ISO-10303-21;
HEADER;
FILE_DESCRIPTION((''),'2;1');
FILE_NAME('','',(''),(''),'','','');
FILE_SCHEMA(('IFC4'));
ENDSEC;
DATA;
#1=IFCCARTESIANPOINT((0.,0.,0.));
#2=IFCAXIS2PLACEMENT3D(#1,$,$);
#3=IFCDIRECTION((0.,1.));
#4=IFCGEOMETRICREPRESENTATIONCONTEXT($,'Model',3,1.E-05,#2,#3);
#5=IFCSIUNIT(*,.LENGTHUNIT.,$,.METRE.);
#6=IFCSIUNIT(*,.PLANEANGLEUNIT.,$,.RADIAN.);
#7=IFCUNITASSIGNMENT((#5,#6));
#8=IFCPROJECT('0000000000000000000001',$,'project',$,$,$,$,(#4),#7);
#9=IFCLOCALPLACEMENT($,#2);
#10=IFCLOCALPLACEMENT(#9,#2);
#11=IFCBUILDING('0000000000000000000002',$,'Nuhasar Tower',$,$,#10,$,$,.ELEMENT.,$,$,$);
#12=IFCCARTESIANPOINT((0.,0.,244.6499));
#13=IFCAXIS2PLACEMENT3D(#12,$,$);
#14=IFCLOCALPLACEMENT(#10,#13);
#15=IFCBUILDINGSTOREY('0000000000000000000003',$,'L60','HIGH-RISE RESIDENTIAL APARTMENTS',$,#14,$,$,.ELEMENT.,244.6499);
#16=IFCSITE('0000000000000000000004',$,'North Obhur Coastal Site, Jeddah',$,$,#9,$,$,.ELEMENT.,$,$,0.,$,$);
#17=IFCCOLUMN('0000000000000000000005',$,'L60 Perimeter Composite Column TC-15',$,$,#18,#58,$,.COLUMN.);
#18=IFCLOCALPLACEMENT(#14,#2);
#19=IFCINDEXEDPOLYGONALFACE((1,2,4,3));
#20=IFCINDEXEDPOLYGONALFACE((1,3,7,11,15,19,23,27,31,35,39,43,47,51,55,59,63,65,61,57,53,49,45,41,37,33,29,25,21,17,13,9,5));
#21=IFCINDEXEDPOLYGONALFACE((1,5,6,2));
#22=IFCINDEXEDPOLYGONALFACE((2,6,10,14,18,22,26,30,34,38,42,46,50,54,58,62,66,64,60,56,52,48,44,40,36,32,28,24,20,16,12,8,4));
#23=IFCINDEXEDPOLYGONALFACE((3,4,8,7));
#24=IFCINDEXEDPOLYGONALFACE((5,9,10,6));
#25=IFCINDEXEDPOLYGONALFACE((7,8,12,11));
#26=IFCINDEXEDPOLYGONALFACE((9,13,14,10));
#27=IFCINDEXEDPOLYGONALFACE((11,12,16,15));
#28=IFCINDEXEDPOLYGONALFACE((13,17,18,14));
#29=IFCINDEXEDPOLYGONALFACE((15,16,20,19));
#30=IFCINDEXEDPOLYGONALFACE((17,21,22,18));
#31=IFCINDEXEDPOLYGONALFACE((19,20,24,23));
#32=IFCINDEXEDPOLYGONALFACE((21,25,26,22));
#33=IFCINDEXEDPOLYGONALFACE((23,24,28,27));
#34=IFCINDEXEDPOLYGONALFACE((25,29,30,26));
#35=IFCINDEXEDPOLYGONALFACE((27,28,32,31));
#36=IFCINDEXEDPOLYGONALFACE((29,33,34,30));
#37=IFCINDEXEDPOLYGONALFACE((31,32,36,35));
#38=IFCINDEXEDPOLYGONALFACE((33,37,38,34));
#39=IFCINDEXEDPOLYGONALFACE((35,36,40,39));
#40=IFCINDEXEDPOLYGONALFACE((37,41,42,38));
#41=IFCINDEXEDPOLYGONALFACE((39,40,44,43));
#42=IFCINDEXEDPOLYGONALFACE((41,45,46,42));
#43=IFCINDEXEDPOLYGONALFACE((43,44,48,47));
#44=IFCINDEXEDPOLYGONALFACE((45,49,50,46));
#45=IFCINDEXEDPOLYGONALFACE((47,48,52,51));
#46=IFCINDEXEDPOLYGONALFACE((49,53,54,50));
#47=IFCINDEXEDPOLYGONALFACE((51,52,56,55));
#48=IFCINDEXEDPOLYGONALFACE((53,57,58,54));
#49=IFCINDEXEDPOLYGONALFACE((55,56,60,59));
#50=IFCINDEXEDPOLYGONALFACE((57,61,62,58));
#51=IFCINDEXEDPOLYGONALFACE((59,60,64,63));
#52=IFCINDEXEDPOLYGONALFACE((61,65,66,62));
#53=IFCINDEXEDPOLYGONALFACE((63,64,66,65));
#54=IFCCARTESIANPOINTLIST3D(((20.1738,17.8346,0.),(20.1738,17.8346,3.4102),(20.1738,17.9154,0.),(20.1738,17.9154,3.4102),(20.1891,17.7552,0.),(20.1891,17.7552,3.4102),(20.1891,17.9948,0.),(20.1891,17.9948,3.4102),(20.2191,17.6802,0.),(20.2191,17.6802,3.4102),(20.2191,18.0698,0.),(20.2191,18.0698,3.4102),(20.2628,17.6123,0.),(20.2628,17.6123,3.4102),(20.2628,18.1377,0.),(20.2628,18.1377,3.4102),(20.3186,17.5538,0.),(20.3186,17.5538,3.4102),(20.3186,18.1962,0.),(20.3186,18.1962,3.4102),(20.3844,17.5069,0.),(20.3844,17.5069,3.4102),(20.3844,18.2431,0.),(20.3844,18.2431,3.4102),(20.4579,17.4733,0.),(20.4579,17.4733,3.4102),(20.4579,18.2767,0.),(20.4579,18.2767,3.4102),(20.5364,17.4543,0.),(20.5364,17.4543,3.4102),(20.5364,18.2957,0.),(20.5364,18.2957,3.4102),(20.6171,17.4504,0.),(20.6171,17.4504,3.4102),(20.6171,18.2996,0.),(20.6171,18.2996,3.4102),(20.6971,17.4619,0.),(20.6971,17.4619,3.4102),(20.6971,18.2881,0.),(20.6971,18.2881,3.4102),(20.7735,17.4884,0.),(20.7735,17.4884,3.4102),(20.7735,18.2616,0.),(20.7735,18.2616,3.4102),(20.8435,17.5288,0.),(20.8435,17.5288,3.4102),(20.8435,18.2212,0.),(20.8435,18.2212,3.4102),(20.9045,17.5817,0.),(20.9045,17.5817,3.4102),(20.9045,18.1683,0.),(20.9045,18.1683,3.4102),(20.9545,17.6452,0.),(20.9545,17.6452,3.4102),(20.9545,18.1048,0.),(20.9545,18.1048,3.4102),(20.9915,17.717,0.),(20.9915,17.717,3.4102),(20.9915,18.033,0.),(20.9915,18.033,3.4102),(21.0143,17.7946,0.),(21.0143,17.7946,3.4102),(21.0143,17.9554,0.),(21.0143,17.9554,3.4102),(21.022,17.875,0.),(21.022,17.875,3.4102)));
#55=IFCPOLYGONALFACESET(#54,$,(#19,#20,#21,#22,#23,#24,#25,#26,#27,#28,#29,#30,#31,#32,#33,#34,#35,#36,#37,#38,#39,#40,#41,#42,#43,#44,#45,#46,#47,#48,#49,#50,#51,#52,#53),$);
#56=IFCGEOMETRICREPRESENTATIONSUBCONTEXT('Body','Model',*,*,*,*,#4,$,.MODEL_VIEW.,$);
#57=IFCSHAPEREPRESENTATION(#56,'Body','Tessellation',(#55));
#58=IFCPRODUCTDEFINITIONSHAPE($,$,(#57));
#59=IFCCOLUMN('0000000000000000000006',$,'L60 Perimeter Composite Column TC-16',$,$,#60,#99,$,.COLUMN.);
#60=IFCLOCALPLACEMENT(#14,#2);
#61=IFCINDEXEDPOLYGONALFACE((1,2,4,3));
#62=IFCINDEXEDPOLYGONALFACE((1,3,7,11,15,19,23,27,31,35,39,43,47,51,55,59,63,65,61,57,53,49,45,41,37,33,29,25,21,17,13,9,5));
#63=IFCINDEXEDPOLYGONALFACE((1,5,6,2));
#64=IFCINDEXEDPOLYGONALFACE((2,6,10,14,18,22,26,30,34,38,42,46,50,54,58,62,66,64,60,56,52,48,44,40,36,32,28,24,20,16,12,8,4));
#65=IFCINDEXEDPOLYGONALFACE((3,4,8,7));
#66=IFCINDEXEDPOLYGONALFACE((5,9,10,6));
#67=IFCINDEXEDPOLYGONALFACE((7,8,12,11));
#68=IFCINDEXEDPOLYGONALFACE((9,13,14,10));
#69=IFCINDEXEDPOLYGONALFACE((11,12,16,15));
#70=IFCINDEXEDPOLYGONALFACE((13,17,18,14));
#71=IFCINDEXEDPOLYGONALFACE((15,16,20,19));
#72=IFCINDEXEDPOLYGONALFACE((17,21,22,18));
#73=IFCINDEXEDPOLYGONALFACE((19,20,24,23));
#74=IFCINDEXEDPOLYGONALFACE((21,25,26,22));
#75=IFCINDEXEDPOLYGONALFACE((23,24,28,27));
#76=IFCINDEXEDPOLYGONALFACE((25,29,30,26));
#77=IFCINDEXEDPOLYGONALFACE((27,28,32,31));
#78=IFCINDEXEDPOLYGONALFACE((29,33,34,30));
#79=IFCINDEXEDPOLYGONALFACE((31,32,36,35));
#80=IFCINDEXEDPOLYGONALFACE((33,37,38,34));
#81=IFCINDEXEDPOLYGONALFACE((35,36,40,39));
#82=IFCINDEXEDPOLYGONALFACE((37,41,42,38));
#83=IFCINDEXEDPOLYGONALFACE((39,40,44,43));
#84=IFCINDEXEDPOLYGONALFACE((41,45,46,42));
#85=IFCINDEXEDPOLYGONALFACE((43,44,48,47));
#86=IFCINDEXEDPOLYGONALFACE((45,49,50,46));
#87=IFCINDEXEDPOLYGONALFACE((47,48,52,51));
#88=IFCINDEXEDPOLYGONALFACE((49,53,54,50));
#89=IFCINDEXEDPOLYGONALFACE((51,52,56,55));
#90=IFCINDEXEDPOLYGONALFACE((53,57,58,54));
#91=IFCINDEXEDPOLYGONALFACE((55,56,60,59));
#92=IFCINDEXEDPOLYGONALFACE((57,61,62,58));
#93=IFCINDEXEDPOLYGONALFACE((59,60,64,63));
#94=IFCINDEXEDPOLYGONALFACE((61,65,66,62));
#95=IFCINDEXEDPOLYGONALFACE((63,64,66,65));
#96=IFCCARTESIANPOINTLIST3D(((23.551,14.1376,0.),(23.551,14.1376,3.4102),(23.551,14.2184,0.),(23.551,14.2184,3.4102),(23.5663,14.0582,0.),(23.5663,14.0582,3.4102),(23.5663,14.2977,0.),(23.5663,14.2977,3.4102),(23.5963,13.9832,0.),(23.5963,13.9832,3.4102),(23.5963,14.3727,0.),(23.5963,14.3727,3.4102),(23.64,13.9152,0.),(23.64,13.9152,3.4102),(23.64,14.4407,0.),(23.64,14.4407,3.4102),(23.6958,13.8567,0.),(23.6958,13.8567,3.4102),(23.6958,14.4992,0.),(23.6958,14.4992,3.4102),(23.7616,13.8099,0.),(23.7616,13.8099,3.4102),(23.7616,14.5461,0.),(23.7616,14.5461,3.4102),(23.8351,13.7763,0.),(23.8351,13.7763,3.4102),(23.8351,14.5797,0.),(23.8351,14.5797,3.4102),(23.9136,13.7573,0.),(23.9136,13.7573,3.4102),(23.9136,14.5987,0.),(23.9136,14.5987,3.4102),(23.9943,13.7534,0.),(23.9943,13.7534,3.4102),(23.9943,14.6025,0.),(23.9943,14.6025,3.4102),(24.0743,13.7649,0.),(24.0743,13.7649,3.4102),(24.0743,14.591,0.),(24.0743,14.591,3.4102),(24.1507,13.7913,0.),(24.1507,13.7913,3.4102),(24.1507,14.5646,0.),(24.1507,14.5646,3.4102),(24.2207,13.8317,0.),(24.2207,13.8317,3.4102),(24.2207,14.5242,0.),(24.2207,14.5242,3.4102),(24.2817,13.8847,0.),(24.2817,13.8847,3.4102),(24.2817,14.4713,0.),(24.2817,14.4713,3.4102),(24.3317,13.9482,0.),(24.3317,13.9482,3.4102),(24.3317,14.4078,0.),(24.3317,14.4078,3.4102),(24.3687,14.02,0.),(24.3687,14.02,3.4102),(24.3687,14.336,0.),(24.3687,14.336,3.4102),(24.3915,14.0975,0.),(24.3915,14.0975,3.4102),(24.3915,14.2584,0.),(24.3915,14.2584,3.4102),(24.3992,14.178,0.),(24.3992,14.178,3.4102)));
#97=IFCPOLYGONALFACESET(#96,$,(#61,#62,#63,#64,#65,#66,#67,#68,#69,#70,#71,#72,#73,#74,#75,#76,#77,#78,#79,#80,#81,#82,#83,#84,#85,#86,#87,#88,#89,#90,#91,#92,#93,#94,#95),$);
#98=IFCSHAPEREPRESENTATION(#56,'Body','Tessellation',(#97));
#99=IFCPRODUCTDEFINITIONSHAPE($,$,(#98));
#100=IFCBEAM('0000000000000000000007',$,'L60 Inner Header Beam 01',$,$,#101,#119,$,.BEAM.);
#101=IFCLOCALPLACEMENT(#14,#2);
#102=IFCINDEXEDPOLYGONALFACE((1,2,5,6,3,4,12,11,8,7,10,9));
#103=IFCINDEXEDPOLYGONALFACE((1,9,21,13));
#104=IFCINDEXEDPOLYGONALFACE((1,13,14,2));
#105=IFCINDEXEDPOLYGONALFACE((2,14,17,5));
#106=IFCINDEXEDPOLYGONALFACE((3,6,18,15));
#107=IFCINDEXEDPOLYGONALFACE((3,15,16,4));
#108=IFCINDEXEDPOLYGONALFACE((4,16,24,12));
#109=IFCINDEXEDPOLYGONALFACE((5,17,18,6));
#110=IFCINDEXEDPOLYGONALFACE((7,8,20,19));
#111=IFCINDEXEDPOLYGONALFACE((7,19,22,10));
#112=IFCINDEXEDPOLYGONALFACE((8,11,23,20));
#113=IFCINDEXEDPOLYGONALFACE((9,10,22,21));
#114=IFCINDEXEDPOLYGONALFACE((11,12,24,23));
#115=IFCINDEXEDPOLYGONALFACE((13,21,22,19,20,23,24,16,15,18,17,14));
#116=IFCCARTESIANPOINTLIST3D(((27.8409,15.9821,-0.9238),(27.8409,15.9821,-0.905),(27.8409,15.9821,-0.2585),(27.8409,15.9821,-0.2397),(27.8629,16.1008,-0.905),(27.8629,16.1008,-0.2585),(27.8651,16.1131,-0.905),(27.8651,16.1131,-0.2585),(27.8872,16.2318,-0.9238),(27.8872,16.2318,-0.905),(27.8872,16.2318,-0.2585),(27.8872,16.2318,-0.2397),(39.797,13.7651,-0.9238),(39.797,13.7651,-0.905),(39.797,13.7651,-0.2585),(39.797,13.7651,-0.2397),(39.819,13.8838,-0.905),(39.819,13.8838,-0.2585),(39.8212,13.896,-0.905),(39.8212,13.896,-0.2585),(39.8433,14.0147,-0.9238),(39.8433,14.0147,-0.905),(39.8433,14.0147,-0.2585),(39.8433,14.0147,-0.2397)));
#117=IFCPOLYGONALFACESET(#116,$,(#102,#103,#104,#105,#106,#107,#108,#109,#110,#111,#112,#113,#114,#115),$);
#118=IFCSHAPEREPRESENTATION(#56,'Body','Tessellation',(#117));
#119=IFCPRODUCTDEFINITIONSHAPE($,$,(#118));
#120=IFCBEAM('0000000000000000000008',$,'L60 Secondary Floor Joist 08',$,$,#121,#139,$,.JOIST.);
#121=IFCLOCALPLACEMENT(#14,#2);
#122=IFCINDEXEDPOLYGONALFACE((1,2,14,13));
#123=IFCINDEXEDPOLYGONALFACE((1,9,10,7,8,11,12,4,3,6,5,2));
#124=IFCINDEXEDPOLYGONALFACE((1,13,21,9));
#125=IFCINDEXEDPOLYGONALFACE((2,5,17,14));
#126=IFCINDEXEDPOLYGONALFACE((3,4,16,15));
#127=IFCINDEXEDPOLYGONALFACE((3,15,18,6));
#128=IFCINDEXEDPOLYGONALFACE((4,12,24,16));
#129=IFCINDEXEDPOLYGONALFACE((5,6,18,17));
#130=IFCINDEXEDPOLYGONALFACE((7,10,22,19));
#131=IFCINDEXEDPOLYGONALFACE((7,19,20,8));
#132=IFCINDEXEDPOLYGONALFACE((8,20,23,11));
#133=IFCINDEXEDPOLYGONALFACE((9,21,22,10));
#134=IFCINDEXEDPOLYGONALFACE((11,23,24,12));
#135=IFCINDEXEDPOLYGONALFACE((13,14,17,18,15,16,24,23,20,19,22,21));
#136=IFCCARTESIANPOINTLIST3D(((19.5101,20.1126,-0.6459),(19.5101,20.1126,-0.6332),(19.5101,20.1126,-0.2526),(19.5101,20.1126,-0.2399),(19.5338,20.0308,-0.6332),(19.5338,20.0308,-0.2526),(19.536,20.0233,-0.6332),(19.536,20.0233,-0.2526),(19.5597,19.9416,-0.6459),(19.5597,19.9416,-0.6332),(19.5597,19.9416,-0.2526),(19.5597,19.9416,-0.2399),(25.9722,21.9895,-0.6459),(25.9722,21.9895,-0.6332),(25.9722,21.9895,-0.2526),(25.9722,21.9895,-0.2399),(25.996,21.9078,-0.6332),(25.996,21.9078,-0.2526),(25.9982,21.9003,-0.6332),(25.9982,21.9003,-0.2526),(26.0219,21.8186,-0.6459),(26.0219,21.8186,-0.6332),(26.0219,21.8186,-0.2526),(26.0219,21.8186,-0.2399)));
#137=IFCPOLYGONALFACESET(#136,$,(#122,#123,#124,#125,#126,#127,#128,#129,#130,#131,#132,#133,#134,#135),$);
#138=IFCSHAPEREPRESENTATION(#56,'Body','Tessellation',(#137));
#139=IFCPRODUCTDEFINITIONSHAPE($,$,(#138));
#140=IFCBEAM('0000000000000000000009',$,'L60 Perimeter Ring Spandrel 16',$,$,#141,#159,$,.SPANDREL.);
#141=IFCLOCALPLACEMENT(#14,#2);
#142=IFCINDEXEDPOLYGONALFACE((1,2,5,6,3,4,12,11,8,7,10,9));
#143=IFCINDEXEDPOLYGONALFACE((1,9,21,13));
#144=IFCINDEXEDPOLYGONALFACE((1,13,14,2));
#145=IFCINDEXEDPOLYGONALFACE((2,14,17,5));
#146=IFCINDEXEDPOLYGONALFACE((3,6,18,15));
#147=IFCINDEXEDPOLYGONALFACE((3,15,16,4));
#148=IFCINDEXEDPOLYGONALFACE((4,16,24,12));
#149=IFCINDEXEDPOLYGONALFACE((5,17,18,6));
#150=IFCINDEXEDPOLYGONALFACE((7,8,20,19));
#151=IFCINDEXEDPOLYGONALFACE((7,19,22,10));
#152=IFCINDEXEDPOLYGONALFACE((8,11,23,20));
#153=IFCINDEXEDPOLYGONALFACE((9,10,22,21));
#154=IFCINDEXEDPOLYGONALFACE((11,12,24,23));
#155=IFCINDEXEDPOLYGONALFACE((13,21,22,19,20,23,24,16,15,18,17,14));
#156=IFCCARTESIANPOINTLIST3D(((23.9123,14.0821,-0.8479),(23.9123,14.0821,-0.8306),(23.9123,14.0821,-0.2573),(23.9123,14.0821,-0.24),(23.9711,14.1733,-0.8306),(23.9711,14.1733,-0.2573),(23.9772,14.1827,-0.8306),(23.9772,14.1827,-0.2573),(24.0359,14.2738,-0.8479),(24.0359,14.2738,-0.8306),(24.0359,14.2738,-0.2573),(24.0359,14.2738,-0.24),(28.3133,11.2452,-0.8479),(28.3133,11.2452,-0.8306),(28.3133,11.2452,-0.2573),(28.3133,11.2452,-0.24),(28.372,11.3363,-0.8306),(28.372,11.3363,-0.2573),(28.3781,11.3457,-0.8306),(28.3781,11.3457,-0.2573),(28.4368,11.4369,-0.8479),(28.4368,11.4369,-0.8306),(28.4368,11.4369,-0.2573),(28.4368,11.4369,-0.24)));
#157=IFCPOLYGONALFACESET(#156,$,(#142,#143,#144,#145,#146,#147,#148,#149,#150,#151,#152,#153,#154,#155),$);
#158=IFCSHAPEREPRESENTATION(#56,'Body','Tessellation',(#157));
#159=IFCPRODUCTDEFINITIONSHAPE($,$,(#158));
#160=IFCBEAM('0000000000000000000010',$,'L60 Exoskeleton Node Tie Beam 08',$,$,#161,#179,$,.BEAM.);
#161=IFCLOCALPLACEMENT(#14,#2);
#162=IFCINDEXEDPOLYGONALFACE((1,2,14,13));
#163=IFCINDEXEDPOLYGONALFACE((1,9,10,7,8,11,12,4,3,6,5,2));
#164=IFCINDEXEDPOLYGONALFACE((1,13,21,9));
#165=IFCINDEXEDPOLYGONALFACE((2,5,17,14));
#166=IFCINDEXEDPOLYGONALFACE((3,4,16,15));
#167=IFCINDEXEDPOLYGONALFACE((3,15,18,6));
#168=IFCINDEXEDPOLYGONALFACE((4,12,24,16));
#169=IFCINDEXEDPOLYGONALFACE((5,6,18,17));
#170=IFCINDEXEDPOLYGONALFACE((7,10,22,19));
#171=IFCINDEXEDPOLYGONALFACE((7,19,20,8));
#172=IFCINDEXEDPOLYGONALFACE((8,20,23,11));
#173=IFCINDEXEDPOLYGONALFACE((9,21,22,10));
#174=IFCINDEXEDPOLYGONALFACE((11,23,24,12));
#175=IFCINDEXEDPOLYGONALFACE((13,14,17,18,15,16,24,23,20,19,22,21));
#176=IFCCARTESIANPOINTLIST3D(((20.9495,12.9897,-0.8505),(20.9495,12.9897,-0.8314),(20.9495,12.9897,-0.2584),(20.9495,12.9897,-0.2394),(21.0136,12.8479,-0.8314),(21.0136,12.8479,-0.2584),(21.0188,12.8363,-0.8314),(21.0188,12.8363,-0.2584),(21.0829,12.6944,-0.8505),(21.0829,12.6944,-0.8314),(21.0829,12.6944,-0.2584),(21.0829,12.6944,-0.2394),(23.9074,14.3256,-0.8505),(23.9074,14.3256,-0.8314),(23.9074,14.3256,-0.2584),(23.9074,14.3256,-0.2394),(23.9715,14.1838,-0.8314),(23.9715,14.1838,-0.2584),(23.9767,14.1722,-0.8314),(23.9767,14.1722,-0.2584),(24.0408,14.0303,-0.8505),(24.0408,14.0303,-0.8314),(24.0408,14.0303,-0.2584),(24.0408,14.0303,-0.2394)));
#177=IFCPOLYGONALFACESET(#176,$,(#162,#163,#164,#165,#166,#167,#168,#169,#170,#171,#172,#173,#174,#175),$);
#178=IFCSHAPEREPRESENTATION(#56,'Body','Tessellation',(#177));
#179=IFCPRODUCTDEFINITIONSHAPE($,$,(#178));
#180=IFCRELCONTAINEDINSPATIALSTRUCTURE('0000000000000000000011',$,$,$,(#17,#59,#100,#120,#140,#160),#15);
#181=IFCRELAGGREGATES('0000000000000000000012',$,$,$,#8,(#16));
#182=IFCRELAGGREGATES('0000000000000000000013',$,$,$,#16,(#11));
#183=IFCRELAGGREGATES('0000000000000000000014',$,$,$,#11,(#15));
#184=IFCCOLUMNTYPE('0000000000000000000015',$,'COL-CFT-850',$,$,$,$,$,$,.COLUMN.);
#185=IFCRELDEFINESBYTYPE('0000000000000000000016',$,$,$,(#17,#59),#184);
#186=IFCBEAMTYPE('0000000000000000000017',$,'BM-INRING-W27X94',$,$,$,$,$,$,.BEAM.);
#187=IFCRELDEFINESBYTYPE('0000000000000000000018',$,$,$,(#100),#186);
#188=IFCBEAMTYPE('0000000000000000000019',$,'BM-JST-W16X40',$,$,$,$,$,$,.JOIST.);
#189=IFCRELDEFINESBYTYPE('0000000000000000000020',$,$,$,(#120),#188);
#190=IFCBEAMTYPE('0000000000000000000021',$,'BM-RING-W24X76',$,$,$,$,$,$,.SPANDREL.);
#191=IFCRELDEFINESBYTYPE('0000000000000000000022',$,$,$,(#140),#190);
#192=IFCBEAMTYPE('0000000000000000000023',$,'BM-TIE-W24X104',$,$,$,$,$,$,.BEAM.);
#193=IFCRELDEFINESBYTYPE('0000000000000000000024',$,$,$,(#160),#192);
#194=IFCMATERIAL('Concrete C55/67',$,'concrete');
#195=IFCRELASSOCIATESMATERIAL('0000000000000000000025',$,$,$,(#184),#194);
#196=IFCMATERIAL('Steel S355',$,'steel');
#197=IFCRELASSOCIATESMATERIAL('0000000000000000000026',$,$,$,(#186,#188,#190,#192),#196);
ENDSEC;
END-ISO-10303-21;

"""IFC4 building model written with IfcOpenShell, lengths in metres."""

from ifc_helpers import new_model, si_unit, direction, frame, origin, origin_2d, place, context, subcontext, project, spatial, circle, i_section, extrude, material, material_profile, profile_set, type_object, element, save


model = new_model("IFC4")

# Units and contexts
model_context = context("Model", 3, precision=1e-05, world=origin(), true_north=direction((0.0, 1.0)))
body_context = subcontext(model_context, "Body", "Model", "MODEL_VIEW")
ifc_project = project(units=[si_unit("LENGTHUNIT", "METRE"), si_unit("PLANEANGLEUNIT", "RADIAN")], contexts=[model_context])

# Site, building, storey
site_placement = place(None, origin())
site = spatial("IfcSite", under=ifc_project, at=site_placement, Name="North Obhur Coastal Site, Jeddah", CompositionType="ELEMENT", RefElevation=0.0)
building_placement = place(site_placement, origin())
building = spatial("IfcBuilding", under=site, at=building_placement, Name="Nuhasar Tower", CompositionType="ELEMENT")
storey_placement = place(building_placement, frame((0.0, 0.0, 244.6499)))
storey = spatial("IfcBuildingStorey", under=building, at=storey_placement, Name="L60", Description="HIGH-RISE RESIDENTIAL APARTMENTS", CompositionType="ELEMENT", Elevation=244.6499)

# Columns
ifc_material_1 = material(Name="Concrete C55/67", Category="concrete")
ifc_material_profile_1 = material_profile(ifc_material_1, circle(Radius=0.425, at=origin_2d()), Name="CFT850")
ifc_profile_set_1 = profile_set([ifc_material_profile_1], Name="Concrete C55/67")
column_type = type_object("IfcColumnType", Name="COL-CFT-850", PredefinedType="COLUMN", material=ifc_profile_set_1)
for number, where, z_axis, x_axis, name in (
    (1, (20.5969, 17.875, 0.0), (0.0, 0.0, 1.0), (1.0, 0.0, 0.0), "L60 Perimeter Composite Column TC-15"),
    (2, (23.9741, 14.178, 0.0), (0.0, 0.0, 1.0), (1.0, 0.0, 0.0), "L60 Perimeter Composite Column TC-16"),
):
    element("IfcColumn", number, at=place(storey_placement, frame(where, z_axis=z_axis, x_axis=x_axis)), inside=storey, type_object=column_type, Name=name, PredefinedType="COLUMN", context=body_context, shape_type="SweptSolid", body=[
        extrude(circle(Radius=0.425, at=origin_2d()), origin(), (0.0, 0.0, 1.0), 3.4102),
    ])

# Beams
ifc_material_2 = material(Name="Steel S355", Category="steel")
ifc_material_profile_2 = material_profile(ifc_material_2, i_section(OverallWidth=0.2539, OverallDepth=0.6841, WebThickness=0.0125, FlangeThickness=0.0188, at=origin_2d()), Name="W27X94")
ifc_profile_set_2 = profile_set([ifc_material_profile_2], Name="Steel S355")
beam_type_1 = type_object("IfcBeamType", Name="BM-INRING-W27X94", PredefinedType="BEAM", material=ifc_profile_set_2)
beam_1_placement = place(storey_placement, frame((27.864, 16.1069, -0.5818), z_axis=(0.983238, -0.182324, 0.0), x_axis=(0.182324, 0.983238, 0.0)))
element("IfcBeam", 3, at=beam_1_placement, inside=storey, type_object=beam_type_1, Name="L60 Inner Header Beam 01", PredefinedType="BEAM", context=body_context, shape_type="SweptSolid", body=[
    extrude(i_section(OverallWidth=0.2539, OverallDepth=0.6841, WebThickness=0.0125, FlangeThickness=0.0188, at=origin_2d()), origin(), (0.0, 0.0, 1.0), 12.1599),
])
ifc_material_profile_3 = material_profile(ifc_material_2, i_section(OverallWidth=0.178, OverallDepth=0.406, WebThickness=0.0078, FlangeThickness=0.0127, at=origin_2d()), Name="W16X40")
ifc_profile_set_3 = profile_set([ifc_material_profile_3], Name="Steel S355")
beam_type_2 = type_object("IfcBeamType", Name="BM-JST-W16X40", PredefinedType="JOIST", material=ifc_profile_set_3)
beam_2_placement = place(storey_placement, frame((25.9971, 21.9041, -0.4429), z_axis=(-0.960313, -0.278926, 0.0), x_axis=(0.278926, -0.960313, 0.0)))
element("IfcBeam", 4, at=beam_2_placement, inside=storey, type_object=beam_type_2, Name="L60 Secondary Floor Joist 08", PredefinedType="JOIST", context=body_context, shape_type="SweptSolid", body=[
    extrude(i_section(OverallWidth=0.178, OverallDepth=0.406, WebThickness=0.0078, FlangeThickness=0.0127, at=origin_2d()), origin(), (0.0, 0.0, 1.0), 6.7292),
])
ifc_material_profile_4 = material_profile(ifc_material_2, i_section(OverallWidth=0.228, OverallDepth=0.6079, WebThickness=0.0112, FlangeThickness=0.0173, at=origin_2d()), Name="W24X76")
ifc_profile_set_4 = profile_set([ifc_material_profile_4], Name="Steel S355")
beam_type_3 = type_object("IfcBeamType", Name="BM-RING-W24X76", PredefinedType="SPANDREL", material=ifc_profile_set_4)
beam_3_placement = place(storey_placement, frame((23.9741, 14.178, -0.5439), z_axis=(0.840502, -0.541808, 0.0), x_axis=(0.541808, 0.840502, 0.0)))
element("IfcBeam", 5, at=beam_3_placement, inside=storey, type_object=beam_type_3, Name="L60 Perimeter Ring Spandrel 16", PredefinedType="SPANDREL", context=body_context, shape_type="SweptSolid", body=[
    extrude(i_section(OverallWidth=0.228, OverallDepth=0.6079, WebThickness=0.0112, FlangeThickness=0.0173, at=origin_2d()), origin(), (0.0, 0.0, 1.0), 5.2361),
])
ifc_material_profile_5 = material_profile(ifc_material_2, i_section(OverallWidth=0.324, OverallDepth=0.6111, WebThickness=0.0127, FlangeThickness=0.019, at=origin_2d()), Name="W24X104")
ifc_profile_set_5 = profile_set([ifc_material_profile_5], Name="Steel S355")
beam_type_4 = type_object("IfcBeamType", Name="BM-TIE-W24X104", PredefinedType="BEAM", material=ifc_profile_set_5)
beam_4_placement = place(storey_placement, frame((23.9741, 14.178, -0.5449), z_axis=(-0.911363, -0.411603, 0.0), x_axis=(0.411603, -0.911363, 0.0)))
element("IfcBeam", 6, at=beam_4_placement, inside=storey, type_object=beam_type_4, Name="L60 Exoskeleton Node Tie Beam 08", PredefinedType="BEAM", context=body_context, shape_type="SweptSolid", body=[
    extrude(i_section(OverallWidth=0.324, OverallDepth=0.6111, WebThickness=0.0127, FlangeThickness=0.019, at=origin_2d()), origin(), (0.0, 0.0, 1.0), 3.2456),
])

save(model, "model.ifc")
